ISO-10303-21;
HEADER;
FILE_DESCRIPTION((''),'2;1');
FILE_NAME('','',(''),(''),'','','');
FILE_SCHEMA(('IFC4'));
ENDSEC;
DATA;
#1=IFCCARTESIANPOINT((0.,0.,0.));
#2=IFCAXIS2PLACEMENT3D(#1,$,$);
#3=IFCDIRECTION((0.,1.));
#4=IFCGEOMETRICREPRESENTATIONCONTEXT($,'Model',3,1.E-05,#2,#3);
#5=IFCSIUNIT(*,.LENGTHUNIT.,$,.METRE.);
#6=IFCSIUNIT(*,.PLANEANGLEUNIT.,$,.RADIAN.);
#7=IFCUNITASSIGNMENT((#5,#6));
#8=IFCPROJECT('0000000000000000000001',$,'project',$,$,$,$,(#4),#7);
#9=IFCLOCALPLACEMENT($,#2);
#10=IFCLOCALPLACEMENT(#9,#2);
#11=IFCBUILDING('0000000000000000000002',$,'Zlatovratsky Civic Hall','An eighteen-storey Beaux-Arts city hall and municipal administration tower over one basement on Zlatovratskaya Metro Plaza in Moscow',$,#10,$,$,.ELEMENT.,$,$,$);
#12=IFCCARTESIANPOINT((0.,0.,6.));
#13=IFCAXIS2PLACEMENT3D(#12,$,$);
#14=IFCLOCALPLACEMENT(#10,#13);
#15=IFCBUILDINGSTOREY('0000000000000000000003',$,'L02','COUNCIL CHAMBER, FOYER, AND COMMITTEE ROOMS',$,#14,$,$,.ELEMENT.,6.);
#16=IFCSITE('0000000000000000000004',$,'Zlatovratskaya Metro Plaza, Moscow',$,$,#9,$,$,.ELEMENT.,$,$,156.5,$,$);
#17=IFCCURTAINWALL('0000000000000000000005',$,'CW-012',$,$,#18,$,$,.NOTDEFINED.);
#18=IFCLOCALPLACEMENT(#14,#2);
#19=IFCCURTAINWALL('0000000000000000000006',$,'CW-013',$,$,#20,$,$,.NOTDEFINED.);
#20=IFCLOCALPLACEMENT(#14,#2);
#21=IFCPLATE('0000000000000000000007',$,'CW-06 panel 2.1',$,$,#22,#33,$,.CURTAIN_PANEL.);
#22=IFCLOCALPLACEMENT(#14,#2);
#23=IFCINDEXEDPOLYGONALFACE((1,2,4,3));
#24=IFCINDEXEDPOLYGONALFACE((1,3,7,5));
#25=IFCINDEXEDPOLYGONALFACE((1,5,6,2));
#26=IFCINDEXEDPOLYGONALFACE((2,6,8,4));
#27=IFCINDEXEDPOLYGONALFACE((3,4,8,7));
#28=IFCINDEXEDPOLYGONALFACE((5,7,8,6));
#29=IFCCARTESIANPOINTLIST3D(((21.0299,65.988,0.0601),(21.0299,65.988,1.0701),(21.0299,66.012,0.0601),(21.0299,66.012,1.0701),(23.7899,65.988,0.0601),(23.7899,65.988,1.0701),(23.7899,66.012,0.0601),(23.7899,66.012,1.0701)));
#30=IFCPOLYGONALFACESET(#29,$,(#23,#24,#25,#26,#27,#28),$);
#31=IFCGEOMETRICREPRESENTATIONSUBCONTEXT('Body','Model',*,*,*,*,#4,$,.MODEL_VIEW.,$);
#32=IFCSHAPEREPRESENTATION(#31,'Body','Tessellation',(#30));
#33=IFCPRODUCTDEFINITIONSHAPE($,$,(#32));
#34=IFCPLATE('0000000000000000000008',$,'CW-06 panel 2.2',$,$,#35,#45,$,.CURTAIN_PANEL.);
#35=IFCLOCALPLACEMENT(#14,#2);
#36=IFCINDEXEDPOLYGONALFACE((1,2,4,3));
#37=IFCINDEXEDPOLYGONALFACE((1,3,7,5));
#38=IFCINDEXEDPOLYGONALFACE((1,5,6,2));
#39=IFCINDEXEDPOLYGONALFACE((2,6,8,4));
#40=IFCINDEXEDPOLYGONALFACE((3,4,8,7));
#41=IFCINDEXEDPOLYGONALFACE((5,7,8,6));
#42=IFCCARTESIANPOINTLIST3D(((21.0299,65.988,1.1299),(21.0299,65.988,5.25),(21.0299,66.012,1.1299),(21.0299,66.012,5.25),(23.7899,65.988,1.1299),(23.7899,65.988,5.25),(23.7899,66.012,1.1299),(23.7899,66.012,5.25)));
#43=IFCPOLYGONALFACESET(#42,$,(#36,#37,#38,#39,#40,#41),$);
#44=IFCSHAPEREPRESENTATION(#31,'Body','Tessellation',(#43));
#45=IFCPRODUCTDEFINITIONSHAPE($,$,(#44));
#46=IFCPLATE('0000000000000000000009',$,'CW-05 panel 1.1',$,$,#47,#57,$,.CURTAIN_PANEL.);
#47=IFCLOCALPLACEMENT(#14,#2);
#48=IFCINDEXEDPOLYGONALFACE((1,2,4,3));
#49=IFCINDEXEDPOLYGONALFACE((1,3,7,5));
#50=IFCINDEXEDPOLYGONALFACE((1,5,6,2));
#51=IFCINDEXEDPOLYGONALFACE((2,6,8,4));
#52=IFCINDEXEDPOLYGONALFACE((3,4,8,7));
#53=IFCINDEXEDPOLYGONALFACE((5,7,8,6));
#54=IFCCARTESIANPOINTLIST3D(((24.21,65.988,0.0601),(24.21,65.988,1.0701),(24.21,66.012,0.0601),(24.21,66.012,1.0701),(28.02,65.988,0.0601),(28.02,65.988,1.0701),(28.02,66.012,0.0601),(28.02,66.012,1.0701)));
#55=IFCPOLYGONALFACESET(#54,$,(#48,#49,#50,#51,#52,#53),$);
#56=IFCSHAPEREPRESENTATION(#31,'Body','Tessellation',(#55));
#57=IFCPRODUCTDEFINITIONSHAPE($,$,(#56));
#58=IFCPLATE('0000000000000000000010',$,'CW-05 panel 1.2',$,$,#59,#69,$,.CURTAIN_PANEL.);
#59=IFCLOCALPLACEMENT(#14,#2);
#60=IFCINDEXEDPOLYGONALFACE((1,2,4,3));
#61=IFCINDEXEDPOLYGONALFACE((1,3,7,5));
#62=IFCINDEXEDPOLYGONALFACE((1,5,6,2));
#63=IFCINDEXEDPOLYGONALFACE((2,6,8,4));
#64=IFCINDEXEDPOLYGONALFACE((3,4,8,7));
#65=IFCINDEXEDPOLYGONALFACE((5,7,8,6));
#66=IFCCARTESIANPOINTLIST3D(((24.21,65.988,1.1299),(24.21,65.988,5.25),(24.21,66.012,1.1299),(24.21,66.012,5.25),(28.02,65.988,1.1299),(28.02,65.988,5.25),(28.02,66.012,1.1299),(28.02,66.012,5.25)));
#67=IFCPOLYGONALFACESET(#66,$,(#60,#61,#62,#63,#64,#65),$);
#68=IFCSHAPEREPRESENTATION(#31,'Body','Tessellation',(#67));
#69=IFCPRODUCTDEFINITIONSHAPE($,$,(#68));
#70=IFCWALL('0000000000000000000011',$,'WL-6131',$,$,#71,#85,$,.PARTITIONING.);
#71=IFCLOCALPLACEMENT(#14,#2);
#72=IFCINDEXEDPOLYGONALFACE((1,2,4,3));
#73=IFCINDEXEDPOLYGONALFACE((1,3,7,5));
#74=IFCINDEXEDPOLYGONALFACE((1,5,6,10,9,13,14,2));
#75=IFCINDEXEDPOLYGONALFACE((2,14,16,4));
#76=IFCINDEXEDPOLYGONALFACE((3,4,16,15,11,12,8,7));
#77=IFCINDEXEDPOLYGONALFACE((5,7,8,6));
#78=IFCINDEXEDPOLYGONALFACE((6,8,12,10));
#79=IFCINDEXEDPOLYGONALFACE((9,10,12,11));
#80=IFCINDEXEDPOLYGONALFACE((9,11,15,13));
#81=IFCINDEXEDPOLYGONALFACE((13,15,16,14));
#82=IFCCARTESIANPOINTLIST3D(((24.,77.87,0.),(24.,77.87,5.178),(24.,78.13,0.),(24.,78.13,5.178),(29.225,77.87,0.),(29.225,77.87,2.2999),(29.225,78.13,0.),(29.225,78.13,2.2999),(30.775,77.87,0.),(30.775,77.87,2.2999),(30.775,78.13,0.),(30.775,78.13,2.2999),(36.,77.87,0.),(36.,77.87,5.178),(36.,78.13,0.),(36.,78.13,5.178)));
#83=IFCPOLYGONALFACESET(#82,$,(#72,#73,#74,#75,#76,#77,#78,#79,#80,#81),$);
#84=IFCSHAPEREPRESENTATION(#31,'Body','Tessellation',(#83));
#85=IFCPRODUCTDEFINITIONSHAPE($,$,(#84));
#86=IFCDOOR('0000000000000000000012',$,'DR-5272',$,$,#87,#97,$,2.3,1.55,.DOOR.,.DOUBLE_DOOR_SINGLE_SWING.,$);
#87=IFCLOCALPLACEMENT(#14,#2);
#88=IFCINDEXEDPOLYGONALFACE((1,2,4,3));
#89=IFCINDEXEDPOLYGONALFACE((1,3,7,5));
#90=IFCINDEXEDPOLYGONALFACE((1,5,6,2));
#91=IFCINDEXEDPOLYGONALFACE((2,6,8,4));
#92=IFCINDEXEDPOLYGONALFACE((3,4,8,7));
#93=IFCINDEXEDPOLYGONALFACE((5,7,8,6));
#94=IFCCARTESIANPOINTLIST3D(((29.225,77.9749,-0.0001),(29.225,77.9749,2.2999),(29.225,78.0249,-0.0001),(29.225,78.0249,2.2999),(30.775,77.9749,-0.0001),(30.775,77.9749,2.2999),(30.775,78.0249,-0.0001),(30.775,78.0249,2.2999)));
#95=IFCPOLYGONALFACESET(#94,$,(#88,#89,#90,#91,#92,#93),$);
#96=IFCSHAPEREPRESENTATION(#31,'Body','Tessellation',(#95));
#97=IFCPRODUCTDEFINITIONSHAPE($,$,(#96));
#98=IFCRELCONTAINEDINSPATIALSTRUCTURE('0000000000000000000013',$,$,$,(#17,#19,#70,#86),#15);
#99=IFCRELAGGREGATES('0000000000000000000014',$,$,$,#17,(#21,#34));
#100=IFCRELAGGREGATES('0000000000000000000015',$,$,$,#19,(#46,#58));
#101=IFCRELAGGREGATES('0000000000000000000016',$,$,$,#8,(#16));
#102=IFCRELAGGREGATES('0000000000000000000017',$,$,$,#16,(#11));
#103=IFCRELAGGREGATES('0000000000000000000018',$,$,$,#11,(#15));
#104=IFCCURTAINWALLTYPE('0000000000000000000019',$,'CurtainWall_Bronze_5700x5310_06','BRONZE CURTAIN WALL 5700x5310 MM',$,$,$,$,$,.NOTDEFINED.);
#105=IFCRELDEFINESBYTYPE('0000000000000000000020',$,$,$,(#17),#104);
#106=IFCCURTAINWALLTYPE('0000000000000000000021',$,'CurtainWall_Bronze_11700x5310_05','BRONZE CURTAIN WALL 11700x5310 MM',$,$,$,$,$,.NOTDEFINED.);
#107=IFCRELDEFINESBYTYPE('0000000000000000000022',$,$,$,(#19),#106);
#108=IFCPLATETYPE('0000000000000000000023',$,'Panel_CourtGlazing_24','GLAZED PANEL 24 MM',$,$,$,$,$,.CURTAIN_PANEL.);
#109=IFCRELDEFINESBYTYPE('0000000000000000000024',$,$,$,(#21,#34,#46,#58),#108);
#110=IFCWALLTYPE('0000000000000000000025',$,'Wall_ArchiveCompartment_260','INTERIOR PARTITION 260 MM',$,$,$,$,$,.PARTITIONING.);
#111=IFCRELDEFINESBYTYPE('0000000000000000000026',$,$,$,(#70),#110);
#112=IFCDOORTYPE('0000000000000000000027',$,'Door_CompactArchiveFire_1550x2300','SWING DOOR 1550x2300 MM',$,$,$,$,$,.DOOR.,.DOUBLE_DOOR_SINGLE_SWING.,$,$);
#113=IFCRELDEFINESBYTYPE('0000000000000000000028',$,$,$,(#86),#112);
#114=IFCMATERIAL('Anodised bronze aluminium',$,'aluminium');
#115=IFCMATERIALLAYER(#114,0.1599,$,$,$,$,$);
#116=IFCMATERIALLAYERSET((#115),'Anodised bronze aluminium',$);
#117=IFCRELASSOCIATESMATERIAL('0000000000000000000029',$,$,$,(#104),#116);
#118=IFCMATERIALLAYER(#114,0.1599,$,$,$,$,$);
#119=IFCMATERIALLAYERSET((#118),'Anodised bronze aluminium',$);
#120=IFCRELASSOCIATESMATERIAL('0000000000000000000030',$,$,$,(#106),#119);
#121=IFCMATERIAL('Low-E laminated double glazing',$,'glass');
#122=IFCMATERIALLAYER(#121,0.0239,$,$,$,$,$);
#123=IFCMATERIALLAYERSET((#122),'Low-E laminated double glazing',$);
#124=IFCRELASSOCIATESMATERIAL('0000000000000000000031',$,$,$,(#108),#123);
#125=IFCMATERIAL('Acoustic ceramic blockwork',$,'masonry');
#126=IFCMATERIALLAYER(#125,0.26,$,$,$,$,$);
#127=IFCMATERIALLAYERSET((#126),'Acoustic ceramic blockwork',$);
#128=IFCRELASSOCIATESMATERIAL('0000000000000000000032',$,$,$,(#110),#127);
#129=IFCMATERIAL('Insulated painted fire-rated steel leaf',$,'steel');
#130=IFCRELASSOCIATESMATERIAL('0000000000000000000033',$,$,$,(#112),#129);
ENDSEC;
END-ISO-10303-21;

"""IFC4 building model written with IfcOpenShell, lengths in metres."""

from ifc_helpers import new_model, si_unit, direction, frame, frame_2d, origin, origin_2d, place, context, subcontext, project, spatial, rectangle, extrude, material, layer, layer_set, type_object, element, fill, aggregate, save


model = new_model("IFC4")

# Units and contexts
model_context = context("Model", 3, precision=1e-05, world=origin(), true_north=direction((0.0, 1.0)))
body_context = subcontext(model_context, "Body", "Model", "MODEL_VIEW")
ifc_project = project(units=[si_unit("LENGTHUNIT", "METRE"), si_unit("PLANEANGLEUNIT", "RADIAN")], contexts=[model_context])

# Site, building, storey
site_placement = place(None, origin())
site = spatial("IfcSite", under=ifc_project, at=site_placement, Name="Zlatovratskaya Metro Plaza, Moscow", CompositionType="ELEMENT", RefElevation=156.5)
building_placement = place(site_placement, origin())
building = spatial("IfcBuilding", under=site, at=building_placement, Name="Zlatovratsky Civic Hall", Description="An eighteen-storey Beaux-Arts city hall and municipal administration tower over one basement on Zlatovratskaya Metro Plaza in Moscow", CompositionType="ELEMENT")
storey_placement = place(building_placement, frame((0.0, 0.0, 6.0)))
storey = spatial("IfcBuildingStorey", under=building, at=storey_placement, Name="L02", Description="COUNCIL CHAMBER, FOYER, AND COMMITTEE ROOMS", CompositionType="ELEMENT", Elevation=6.0)

# Curtain walls
ifc_material_1 = material(Name="Anodised bronze aluminium", Category="aluminium")
ifc_layer_1 = layer(ifc_material_1, 0.1599)
ifc_layer_set_1 = layer_set([ifc_layer_1], Name="Anodised bronze aluminium")
curtain_wall_type_1 = type_object("IfcCurtainWallType", Name="CurtainWall_Bronze_5700x5310_06", Description="BRONZE CURTAIN WALL 5700x5310 MM", PredefinedType="NOTDEFINED", material=ifc_layer_set_1)
curtain_wall_1_placement = place(storey_placement, origin())
curtain_wall_1 = element("IfcCurtainWall", 1, at=curtain_wall_1_placement, inside=storey, type_object=curtain_wall_type_1, Name="CW-012", PredefinedType="NOTDEFINED")
ifc_layer_2 = layer(ifc_material_1, 0.1599)
ifc_layer_set_2 = layer_set([ifc_layer_2], Name="Anodised bronze aluminium")
curtain_wall_type_2 = type_object("IfcCurtainWallType", Name="CurtainWall_Bronze_11700x5310_05", Description="BRONZE CURTAIN WALL 11700x5310 MM", PredefinedType="NOTDEFINED", material=ifc_layer_set_2)
curtain_wall_2_placement = place(storey_placement, origin())
curtain_wall_2 = element("IfcCurtainWall", 2, at=curtain_wall_2_placement, inside=storey, type_object=curtain_wall_type_2, Name="CW-013", PredefinedType="NOTDEFINED")

# Plates
ifc_material_2 = material(Name="Low-E laminated double glazing", Category="glass")
ifc_layer_3 = layer(ifc_material_2, 0.0239)
ifc_layer_set_3 = layer_set([ifc_layer_3], Name="Low-E laminated double glazing")
plate_type = type_object("IfcPlateType", Name="Panel_CourtGlazing_24", Description="GLAZED PANEL 24 MM", PredefinedType="CURTAIN_PANEL", material=ifc_layer_set_3)
plate_1_placement = place(storey_placement, frame((22.4099, 66.0, 0.0601), z_axis=(0.0, 0.0, 1.0), x_axis=(1.0, 0.0, 0.0)))
plate_1 = element("IfcPlate", 3, at=plate_1_placement, type_object=plate_type, Name="CW-06 panel 2.1", PredefinedType="CURTAIN_PANEL", context=body_context, shape_type="SweptSolid", body=[
    extrude(rectangle(XDim=2.76, YDim=0.0239, at=origin_2d()), origin(), (0.0, 0.0, 1.0), 1.01),
])
plate_2_placement = place(storey_placement, frame((22.4099, 66.0, 1.1299), z_axis=(0.0, 0.0, 1.0), x_axis=(1.0, 0.0, 0.0)))
plate_2 = element("IfcPlate", 4, at=plate_2_placement, type_object=plate_type, Name="CW-06 panel 2.2", PredefinedType="CURTAIN_PANEL", context=body_context, shape_type="SweptSolid", body=[
    extrude(rectangle(XDim=2.76, YDim=0.0239, at=origin_2d()), origin(), (0.0, 0.0, 1.0), 4.1201),
])
aggregate(curtain_wall_1, [plate_1, plate_2])
plate_3_placement = place(storey_placement, frame((26.115, 66.0, 0.0601), z_axis=(0.0, 0.0, 1.0), x_axis=(1.0, 0.0, 0.0)))
plate_3 = element("IfcPlate", 5, at=plate_3_placement, type_object=plate_type, Name="CW-05 panel 1.1", PredefinedType="CURTAIN_PANEL", context=body_context, shape_type="SweptSolid", body=[
    extrude(rectangle(XDim=3.8101, YDim=0.0239, at=origin_2d()), origin(), (0.0, 0.0, 1.0), 1.01),
])
plate_4_placement = place(storey_placement, frame((26.115, 66.0, 1.1299), z_axis=(0.0, 0.0, 1.0), x_axis=(1.0, 0.0, 0.0)))
plate_4 = element("IfcPlate", 6, at=plate_4_placement, type_object=plate_type, Name="CW-05 panel 1.2", PredefinedType="CURTAIN_PANEL", context=body_context, shape_type="SweptSolid", body=[
    extrude(rectangle(XDim=3.8101, YDim=0.0239, at=origin_2d()), origin(), (0.0, 0.0, 1.0), 4.1201),
])
aggregate(curtain_wall_2, [plate_3, plate_4])

# Wall, opening, door
ifc_material_3 = material(Name="Acoustic ceramic blockwork", Category="masonry")
ifc_layer_4 = layer(ifc_material_3, 0.26)
ifc_layer_set_4 = layer_set([ifc_layer_4], Name="Acoustic ceramic blockwork")
wall_type = type_object("IfcWallType", Name="Wall_ArchiveCompartment_260", Description="INTERIOR PARTITION 260 MM", PredefinedType="PARTITIONING", material=ifc_layer_set_4)
wall_placement = place(storey_placement, frame((24.0, 78.0, 0.0), z_axis=(0.0, 0.0, 1.0), x_axis=(1.0, 0.0, 0.0)))
wall = element("IfcWall", 7, at=wall_placement, inside=storey, type_object=wall_type, Name="WL-6131", PredefinedType="PARTITIONING", context=body_context, shape_type="SweptSolid", body=[
    extrude(rectangle(XDim=12.0, YDim=0.26, at=frame_2d((6.0, 0.0))), origin(), (0.0, 0.0, 1.0), 5.178),
])
opening_placement = place(wall_placement, frame((5.2251, 0.0, 0.0)))
opening = element("IfcOpeningElement", 8, at=opening_placement, cuts=wall, PredefinedType="OPENING", context=body_context, shape_type="SweptSolid", body=[
    extrude(rectangle(XDim=1.55, YDim=2.3, at=frame_2d((0.7749, 1.1499))), frame((0.0, 0.145, 0.0), z_axis=(0.0, -1.0, 0.0), x_axis=(1.0, 0.0, 0.0)), (0.0, 0.0, 1.0), 0.2898),
])
ifc_material_4 = material(Name="Insulated painted fire-rated steel leaf", Category="steel")
door_type = type_object("IfcDoorType", Name="Door_CompactArchiveFire_1550x2300", Description="SWING DOOR 1550x2300 MM", OperationType="DOUBLE_DOOR_SINGLE_SWING", PredefinedType="DOOR", material=ifc_material_4)
door_placement = place(opening_placement, origin())
door = element("IfcDoor", 9, at=door_placement, inside=storey, type_object=door_type, Name="DR-5272", OperationType="DOUBLE_DOOR_SINGLE_SWING", OverallHeight=2.3, OverallWidth=1.55, PredefinedType="DOOR", context=body_context, shape_type="SweptSolid", body=[
    extrude(rectangle(XDim=1.55, YDim=2.3, at=frame_2d((0.7749, 1.1499))), frame((0.0, 0.0249, 0.0), z_axis=(0.0, -1.0, 0.0), x_axis=(1.0, 0.0, 0.0)), (0.0, 0.0, 1.0), 0.05),
])
fill(opening, door)

save(model, "model.ifc")
